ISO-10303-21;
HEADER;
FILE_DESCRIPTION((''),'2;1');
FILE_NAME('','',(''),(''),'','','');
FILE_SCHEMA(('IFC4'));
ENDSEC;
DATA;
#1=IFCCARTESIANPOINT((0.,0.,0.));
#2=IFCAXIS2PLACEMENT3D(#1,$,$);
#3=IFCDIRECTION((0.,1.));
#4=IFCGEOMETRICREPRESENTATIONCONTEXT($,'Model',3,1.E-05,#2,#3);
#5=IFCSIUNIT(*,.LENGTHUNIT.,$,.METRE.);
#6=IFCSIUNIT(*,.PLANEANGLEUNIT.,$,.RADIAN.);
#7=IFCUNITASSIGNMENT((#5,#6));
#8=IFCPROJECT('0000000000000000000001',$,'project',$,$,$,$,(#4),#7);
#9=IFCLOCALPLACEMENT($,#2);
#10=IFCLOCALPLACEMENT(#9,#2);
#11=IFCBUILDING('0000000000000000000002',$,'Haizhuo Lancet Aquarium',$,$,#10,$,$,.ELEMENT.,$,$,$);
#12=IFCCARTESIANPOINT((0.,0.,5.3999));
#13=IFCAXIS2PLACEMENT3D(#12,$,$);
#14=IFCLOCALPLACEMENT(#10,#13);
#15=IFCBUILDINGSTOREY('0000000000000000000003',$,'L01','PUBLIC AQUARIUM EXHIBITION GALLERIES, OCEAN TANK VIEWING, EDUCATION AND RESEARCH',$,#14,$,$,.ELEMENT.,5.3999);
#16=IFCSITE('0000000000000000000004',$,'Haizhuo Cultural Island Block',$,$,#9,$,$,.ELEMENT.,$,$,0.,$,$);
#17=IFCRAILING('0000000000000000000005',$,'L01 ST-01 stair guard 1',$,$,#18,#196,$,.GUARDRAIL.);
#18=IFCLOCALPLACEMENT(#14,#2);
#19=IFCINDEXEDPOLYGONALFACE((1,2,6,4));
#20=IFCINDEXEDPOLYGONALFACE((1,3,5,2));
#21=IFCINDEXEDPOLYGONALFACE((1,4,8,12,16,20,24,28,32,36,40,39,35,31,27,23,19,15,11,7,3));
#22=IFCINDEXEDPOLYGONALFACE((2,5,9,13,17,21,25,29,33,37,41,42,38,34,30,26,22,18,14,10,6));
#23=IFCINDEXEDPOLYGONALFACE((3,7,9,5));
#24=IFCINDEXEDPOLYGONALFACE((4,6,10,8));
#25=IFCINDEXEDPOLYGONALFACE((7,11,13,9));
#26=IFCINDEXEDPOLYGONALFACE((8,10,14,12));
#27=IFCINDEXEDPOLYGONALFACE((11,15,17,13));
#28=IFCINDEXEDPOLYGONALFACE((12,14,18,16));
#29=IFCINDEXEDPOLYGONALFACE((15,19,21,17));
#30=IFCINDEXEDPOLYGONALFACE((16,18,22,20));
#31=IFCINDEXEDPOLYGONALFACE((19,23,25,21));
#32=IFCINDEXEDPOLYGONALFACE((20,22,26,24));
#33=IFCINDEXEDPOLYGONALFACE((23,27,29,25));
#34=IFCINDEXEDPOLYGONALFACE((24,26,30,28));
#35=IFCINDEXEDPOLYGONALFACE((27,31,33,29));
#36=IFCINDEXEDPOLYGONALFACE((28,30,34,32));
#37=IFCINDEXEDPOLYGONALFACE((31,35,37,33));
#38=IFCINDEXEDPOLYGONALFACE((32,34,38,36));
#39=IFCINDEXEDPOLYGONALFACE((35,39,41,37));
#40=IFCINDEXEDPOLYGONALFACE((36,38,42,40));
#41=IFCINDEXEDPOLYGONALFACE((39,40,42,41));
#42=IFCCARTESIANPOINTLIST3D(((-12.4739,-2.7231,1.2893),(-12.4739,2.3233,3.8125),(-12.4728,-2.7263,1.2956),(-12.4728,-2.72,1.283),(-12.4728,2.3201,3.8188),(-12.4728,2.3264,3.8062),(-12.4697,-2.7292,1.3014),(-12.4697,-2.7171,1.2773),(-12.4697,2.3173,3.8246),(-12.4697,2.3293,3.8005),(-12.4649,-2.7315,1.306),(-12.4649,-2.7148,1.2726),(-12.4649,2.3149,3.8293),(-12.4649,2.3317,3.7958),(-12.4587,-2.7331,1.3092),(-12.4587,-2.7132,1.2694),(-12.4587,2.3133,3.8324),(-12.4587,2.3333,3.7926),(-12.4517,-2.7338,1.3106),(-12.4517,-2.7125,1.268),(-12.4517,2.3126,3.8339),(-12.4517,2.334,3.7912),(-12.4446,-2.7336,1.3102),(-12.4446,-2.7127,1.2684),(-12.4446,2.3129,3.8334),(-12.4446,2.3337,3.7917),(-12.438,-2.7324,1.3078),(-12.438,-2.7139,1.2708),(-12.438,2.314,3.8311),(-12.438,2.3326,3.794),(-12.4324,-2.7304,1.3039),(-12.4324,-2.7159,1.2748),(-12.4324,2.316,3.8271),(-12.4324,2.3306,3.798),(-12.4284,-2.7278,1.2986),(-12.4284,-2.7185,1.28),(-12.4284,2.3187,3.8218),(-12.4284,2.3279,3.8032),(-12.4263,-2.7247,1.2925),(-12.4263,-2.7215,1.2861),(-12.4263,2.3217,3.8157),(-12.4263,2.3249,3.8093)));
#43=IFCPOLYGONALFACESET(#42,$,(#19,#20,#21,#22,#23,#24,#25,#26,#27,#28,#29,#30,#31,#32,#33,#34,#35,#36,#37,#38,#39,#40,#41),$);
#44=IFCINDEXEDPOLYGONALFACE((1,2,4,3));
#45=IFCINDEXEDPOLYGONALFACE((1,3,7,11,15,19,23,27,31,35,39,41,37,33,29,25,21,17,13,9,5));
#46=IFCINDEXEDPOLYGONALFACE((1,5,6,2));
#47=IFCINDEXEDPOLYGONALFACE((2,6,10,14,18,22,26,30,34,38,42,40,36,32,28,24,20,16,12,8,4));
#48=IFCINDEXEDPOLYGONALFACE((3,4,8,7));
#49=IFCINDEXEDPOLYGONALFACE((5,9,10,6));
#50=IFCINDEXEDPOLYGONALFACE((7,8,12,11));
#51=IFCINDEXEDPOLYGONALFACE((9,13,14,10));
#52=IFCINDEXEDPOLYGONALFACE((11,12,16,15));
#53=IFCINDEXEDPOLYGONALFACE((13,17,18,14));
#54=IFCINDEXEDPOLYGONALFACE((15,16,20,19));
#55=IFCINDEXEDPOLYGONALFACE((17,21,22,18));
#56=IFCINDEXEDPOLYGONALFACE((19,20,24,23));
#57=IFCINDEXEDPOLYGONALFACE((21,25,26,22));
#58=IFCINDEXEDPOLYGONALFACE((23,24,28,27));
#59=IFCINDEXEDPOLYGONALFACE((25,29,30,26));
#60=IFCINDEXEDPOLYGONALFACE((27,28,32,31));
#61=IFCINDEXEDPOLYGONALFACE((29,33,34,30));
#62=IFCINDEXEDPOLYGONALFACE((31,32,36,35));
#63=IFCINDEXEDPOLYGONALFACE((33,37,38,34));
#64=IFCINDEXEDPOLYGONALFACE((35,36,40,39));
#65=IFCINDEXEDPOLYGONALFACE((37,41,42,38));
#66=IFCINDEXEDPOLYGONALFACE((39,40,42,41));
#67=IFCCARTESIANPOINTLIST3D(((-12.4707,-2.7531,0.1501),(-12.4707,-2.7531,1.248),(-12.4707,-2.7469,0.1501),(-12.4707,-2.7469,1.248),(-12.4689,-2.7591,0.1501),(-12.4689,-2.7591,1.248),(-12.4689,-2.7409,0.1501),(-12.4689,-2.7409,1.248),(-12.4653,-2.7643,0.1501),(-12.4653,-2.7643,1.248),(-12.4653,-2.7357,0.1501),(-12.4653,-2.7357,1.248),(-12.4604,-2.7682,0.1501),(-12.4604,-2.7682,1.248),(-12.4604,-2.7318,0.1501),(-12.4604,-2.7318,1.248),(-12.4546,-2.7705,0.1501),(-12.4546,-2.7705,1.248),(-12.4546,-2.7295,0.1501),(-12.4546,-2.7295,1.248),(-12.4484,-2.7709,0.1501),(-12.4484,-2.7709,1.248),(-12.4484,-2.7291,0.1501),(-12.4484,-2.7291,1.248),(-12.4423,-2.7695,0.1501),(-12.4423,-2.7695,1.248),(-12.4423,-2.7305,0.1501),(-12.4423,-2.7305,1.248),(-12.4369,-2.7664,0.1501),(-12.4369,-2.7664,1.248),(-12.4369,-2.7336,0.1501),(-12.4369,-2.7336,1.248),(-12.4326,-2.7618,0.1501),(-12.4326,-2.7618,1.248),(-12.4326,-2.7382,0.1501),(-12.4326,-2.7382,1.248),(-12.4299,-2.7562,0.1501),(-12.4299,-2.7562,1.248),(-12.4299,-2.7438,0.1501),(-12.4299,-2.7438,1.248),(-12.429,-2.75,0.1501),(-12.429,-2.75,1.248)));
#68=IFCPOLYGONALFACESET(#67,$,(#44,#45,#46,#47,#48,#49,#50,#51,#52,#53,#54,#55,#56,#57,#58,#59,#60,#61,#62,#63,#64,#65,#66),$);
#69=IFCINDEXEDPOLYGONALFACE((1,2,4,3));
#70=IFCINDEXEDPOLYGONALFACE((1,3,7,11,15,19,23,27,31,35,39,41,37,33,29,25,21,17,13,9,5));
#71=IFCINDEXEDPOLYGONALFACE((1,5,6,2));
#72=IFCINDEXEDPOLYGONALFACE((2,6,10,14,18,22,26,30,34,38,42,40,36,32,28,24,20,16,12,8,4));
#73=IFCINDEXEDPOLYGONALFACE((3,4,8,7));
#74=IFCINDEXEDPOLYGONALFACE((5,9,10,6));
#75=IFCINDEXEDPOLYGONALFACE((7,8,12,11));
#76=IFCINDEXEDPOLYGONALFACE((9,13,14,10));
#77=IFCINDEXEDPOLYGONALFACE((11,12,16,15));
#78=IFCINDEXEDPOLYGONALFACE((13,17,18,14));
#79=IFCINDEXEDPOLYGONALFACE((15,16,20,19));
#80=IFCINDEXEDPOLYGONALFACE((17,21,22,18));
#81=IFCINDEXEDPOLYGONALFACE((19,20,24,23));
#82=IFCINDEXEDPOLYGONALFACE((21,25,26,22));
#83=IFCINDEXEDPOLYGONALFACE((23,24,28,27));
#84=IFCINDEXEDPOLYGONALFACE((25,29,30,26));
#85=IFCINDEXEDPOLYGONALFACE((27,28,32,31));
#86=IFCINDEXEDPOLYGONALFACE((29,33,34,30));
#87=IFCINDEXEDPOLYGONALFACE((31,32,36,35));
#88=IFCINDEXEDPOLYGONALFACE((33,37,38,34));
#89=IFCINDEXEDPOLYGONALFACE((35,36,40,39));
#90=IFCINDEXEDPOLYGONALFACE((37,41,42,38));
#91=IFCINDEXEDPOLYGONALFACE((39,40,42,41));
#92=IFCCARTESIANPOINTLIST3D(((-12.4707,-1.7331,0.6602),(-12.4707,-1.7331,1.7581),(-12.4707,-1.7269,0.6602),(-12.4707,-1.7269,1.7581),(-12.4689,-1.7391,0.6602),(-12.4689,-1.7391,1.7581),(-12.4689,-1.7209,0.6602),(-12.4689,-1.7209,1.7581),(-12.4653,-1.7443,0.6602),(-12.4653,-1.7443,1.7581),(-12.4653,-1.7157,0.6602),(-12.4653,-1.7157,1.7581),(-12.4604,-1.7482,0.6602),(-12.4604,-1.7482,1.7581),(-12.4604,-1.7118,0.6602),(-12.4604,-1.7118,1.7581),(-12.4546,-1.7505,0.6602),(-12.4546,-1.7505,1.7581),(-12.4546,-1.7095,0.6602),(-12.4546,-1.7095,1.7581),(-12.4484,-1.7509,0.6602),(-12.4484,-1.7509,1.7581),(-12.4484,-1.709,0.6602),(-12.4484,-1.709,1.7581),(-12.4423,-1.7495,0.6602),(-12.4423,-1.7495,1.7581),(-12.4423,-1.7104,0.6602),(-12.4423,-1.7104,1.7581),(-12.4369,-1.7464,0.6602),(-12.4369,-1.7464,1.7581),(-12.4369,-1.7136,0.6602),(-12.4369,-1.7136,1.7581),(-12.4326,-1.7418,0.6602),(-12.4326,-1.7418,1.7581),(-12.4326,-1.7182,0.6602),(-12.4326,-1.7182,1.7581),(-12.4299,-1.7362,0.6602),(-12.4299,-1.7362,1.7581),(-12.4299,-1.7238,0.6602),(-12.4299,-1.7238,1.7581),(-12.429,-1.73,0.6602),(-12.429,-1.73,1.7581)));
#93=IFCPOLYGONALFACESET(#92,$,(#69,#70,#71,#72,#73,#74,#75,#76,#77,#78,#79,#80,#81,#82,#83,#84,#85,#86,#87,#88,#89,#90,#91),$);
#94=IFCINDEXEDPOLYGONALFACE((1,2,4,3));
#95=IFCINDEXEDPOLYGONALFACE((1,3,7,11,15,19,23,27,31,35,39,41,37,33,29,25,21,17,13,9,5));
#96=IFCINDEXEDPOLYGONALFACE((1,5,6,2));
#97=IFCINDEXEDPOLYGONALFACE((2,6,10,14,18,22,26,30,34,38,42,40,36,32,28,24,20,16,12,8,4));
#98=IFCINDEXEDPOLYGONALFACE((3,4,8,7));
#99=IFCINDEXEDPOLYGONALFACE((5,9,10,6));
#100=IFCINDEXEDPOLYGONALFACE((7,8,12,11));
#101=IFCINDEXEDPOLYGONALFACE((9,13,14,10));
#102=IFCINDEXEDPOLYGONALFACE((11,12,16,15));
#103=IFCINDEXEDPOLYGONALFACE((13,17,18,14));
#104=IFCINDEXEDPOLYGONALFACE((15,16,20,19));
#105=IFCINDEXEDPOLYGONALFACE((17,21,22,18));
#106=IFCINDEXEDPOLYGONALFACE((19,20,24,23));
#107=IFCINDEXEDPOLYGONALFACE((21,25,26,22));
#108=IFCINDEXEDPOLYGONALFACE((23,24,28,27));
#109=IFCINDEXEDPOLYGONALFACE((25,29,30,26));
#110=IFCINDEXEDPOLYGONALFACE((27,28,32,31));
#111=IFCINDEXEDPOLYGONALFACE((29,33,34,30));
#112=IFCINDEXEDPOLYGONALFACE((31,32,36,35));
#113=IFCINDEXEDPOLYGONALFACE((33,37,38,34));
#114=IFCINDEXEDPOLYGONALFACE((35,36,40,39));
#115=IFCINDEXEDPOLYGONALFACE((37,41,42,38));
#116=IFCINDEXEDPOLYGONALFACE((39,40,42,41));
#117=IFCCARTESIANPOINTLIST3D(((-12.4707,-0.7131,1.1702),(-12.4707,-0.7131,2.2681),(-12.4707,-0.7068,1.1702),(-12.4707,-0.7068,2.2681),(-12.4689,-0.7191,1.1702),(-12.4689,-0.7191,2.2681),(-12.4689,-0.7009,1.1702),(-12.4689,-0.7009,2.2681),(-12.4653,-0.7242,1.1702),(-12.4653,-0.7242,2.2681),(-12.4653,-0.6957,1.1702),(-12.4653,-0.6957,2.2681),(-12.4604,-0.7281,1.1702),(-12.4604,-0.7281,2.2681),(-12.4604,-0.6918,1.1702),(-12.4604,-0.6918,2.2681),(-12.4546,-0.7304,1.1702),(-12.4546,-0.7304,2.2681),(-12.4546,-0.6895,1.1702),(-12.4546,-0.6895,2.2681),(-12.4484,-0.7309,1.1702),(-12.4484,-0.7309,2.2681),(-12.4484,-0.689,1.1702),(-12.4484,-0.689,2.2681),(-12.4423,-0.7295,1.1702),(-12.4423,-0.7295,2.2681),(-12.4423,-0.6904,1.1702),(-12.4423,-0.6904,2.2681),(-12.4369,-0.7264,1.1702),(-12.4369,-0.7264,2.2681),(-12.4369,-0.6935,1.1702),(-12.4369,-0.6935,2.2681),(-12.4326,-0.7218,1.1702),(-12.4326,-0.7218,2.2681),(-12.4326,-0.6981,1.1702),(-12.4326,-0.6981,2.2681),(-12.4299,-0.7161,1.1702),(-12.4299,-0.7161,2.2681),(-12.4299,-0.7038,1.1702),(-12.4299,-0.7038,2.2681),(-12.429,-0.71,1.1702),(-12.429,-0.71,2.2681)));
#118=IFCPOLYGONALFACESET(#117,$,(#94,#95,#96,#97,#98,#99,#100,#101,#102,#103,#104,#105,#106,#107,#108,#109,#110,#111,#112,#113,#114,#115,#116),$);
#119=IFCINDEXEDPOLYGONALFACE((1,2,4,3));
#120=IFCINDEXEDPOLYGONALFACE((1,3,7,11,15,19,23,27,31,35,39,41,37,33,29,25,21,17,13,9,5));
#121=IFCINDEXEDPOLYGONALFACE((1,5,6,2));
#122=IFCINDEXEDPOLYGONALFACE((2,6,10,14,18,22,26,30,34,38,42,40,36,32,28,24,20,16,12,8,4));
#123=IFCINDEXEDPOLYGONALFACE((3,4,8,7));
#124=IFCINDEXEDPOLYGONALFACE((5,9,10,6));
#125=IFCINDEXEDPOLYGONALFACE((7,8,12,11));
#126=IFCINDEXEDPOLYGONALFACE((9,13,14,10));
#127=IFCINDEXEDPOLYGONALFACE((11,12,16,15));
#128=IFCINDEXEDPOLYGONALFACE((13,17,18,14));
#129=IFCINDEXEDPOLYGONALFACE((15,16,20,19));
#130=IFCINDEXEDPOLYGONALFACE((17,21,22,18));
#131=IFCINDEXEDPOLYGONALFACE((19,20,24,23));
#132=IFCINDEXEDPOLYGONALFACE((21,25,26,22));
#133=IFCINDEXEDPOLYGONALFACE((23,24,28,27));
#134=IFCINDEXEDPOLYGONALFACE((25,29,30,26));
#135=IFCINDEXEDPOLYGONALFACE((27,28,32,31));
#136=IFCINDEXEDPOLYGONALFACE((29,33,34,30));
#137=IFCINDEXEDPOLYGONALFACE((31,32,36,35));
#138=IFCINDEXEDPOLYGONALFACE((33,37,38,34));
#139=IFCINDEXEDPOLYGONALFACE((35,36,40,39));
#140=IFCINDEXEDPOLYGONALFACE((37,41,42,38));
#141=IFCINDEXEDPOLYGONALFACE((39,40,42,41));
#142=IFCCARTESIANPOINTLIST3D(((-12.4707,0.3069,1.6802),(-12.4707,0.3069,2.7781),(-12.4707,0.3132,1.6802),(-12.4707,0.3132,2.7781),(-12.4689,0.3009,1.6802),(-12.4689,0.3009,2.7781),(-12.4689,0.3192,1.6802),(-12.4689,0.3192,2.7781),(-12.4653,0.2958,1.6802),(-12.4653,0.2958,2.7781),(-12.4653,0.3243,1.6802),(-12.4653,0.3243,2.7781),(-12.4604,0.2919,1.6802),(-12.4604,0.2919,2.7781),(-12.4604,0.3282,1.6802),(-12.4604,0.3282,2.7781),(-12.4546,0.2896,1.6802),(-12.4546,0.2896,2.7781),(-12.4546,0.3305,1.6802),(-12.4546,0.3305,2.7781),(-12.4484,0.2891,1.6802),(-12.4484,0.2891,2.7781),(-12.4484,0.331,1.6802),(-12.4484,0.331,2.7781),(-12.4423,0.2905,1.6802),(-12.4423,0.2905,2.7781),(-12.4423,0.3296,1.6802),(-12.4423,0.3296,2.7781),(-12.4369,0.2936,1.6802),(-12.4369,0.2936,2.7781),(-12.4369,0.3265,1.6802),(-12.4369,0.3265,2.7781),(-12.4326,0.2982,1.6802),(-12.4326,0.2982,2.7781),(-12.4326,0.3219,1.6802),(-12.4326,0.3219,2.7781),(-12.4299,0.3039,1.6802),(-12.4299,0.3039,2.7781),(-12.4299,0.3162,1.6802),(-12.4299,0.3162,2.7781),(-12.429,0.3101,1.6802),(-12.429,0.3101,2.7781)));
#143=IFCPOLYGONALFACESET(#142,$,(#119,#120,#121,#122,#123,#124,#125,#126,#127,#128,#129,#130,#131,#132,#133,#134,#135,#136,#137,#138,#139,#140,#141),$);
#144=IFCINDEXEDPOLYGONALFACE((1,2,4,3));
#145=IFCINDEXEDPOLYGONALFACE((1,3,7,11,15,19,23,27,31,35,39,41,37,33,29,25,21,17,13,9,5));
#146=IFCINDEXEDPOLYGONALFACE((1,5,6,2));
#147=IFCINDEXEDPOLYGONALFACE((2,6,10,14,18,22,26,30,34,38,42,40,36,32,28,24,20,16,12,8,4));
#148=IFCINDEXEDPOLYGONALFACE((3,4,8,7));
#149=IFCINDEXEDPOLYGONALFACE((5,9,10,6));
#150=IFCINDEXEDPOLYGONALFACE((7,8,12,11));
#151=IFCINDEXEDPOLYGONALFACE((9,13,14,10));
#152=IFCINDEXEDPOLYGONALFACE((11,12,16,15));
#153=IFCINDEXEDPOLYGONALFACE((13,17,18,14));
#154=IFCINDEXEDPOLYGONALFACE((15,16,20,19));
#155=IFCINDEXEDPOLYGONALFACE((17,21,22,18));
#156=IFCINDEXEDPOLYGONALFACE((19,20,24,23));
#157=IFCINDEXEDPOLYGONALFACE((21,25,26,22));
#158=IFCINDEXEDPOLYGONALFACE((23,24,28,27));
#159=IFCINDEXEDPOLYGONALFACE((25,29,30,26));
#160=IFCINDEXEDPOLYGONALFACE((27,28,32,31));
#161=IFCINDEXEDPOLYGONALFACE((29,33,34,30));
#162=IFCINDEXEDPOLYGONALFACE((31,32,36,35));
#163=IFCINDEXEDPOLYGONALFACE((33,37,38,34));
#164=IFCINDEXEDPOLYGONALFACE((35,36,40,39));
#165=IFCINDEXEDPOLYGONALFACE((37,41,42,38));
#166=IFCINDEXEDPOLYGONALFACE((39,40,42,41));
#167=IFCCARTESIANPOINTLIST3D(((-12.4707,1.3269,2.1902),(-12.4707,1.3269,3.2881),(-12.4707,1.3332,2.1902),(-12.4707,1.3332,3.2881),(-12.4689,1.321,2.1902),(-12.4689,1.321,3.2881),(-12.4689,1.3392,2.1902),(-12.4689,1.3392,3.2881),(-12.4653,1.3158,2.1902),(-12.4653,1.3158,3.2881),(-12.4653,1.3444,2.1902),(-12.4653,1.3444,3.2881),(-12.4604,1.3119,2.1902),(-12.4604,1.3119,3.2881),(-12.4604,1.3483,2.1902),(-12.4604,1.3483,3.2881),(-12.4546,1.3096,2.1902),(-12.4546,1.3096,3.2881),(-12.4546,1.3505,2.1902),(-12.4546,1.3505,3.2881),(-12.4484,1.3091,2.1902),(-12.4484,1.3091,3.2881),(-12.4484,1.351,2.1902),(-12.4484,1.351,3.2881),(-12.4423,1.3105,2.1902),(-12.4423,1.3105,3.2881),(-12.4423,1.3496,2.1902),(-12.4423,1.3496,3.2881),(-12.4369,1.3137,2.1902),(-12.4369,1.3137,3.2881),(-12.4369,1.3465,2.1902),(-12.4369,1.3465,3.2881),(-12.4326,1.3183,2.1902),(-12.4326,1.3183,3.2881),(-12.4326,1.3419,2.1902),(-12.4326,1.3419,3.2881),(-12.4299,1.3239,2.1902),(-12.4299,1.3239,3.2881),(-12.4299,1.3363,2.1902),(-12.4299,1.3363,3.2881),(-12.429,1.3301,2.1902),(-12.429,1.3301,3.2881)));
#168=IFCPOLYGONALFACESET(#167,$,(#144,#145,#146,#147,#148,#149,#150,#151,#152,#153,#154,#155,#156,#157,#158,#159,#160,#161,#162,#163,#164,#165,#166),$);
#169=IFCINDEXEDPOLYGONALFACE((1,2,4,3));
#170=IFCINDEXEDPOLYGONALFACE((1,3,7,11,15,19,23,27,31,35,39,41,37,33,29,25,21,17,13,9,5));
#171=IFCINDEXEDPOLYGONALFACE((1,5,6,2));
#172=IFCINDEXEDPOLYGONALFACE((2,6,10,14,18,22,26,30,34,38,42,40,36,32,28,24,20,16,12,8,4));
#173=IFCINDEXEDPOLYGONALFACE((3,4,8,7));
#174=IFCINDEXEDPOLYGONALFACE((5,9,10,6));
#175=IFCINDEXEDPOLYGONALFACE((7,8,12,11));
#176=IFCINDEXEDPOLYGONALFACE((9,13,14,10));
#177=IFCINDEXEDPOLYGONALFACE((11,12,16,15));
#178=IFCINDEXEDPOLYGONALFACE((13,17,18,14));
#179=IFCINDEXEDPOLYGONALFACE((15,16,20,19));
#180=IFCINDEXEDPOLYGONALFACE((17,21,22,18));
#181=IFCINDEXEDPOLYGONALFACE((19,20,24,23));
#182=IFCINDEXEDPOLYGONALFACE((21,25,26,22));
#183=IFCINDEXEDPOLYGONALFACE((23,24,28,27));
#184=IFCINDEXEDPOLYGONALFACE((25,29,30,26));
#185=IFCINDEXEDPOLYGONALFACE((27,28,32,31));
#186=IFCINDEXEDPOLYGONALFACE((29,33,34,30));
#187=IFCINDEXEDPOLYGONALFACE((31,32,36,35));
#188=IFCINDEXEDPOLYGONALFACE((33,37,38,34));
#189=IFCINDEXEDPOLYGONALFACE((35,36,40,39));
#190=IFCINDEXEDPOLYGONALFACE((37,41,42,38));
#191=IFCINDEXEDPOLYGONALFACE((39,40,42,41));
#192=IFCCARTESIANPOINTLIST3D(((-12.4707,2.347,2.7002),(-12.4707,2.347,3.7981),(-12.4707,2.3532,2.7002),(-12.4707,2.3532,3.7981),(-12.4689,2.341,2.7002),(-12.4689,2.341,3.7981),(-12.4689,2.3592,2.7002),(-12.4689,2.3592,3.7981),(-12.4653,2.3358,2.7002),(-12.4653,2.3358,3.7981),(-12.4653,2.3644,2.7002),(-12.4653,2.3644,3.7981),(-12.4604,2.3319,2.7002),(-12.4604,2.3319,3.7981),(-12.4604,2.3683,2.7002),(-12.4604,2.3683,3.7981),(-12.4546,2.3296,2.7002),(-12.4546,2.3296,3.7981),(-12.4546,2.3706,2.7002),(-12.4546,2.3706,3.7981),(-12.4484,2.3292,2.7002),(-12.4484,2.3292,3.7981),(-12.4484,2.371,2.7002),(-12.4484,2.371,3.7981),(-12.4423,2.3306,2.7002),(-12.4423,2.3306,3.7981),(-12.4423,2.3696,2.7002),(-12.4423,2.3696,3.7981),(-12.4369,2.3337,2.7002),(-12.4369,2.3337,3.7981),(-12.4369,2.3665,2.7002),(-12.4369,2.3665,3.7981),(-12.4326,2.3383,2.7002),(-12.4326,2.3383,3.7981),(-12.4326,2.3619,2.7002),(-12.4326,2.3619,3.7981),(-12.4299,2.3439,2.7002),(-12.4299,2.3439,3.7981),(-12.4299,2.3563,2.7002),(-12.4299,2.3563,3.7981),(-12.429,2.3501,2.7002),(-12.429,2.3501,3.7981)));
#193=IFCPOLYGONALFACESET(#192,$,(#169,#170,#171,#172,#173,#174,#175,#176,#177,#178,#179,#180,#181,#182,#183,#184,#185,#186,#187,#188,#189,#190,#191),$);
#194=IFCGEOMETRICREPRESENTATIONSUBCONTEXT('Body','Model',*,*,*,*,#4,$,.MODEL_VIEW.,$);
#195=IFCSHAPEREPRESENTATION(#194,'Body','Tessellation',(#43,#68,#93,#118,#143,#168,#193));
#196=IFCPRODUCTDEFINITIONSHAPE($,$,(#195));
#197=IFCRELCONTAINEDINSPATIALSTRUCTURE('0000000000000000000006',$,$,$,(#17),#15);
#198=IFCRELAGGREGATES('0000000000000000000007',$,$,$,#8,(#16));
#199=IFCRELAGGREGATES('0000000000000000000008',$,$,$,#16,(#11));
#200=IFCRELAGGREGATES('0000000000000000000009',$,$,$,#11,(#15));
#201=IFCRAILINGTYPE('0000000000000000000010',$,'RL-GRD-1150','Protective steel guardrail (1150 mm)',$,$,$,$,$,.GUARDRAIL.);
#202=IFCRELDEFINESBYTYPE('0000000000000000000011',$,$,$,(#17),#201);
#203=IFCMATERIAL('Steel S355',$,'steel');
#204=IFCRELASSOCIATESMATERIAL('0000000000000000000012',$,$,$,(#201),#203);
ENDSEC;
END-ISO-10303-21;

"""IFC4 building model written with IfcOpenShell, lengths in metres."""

from ifc_helpers import new_model, si_unit, direction, frame, origin, origin_2d, place, context, subcontext, project, spatial, circle, extrude, material, type_object, element, save


model = new_model("IFC4")

# Units and contexts
model_context = context("Model", 3, precision=1e-05, world=origin(), true_north=direction((0.0, 1.0)))
body_context = subcontext(model_context, "Body", "Model", "MODEL_VIEW")
ifc_project = project(units=[si_unit("LENGTHUNIT", "METRE"), si_unit("PLANEANGLEUNIT", "RADIAN")], contexts=[model_context])

# Site, building, storey
site_placement = place(None, origin())
site = spatial("IfcSite", under=ifc_project, at=site_placement, Name="Haizhuo Cultural Island Block", CompositionType="ELEMENT", RefElevation=0.0)
building_placement = place(site_placement, origin())
building = spatial("IfcBuilding", under=site, at=building_placement, Name="Haizhuo Lancet Aquarium", CompositionType="ELEMENT")
storey_placement = place(building_placement, frame((0.0, 0.0, 5.3999)))
storey = spatial("IfcBuildingStorey", under=building, at=storey_placement, Name="L01", Description="PUBLIC AQUARIUM EXHIBITION GALLERIES, OCEAN TANK VIEWING, EDUCATION AND RESEARCH", CompositionType="ELEMENT", Elevation=5.3999)

# Shared definitions
ifc_material_1 = material(Name="Steel S355", Category="steel")

# Railing
railing_type_1 = type_object("IfcRailingType", Name="RL-GRD-1150", Description="Protective steel guardrail (1150 mm)", PredefinedType="GUARDRAIL", material=ifc_material_1)
railing_1_placement = place(storey_placement, frame((-12.45, -2.75, 0.1501)))
element("IfcRailing", 1, at=railing_1_placement, inside=storey, type_object=railing_type_1, Name="L01 ST-01 stair guard 1", PredefinedType="GUARDRAIL", context=body_context, shape_type="SweptSolid", body=[
    extrude(circle(Radius=0.0239, at=origin_2d()), frame((0.0, 0.0269, 1.1392), z_axis=(0.0, 0.894427, 0.447214), x_axis=(-1.0, 0.0, 0.0)), (0.0, 0.0, 1.0), 5.6421),
    extrude(circle(Radius=0.021, at=origin_2d()), origin(), (0.0, 0.0, 1.0), 1.0979),
    extrude(circle(Radius=0.021, at=origin_2d()), frame((0.0, 1.02, 0.51)), (0.0, 0.0, 1.0), 1.0979),
    extrude(circle(Radius=0.021, at=origin_2d()), frame((0.0, 2.04, 1.02)), (0.0, 0.0, 1.0), 1.0979),
    extrude(circle(Radius=0.021, at=origin_2d()), frame((0.0, 3.0601, 1.53)), (0.0, 0.0, 1.0), 1.0979),
    extrude(circle(Radius=0.021, at=origin_2d()), frame((0.0, 4.0801, 2.04)), (0.0, 0.0, 1.0), 1.0979),
    extrude(circle(Radius=0.021, at=origin_2d()), frame((0.0, 5.1001, 2.55)), (0.0, 0.0, 1.0), 1.0979),
])

save(model, "model.ifc")
